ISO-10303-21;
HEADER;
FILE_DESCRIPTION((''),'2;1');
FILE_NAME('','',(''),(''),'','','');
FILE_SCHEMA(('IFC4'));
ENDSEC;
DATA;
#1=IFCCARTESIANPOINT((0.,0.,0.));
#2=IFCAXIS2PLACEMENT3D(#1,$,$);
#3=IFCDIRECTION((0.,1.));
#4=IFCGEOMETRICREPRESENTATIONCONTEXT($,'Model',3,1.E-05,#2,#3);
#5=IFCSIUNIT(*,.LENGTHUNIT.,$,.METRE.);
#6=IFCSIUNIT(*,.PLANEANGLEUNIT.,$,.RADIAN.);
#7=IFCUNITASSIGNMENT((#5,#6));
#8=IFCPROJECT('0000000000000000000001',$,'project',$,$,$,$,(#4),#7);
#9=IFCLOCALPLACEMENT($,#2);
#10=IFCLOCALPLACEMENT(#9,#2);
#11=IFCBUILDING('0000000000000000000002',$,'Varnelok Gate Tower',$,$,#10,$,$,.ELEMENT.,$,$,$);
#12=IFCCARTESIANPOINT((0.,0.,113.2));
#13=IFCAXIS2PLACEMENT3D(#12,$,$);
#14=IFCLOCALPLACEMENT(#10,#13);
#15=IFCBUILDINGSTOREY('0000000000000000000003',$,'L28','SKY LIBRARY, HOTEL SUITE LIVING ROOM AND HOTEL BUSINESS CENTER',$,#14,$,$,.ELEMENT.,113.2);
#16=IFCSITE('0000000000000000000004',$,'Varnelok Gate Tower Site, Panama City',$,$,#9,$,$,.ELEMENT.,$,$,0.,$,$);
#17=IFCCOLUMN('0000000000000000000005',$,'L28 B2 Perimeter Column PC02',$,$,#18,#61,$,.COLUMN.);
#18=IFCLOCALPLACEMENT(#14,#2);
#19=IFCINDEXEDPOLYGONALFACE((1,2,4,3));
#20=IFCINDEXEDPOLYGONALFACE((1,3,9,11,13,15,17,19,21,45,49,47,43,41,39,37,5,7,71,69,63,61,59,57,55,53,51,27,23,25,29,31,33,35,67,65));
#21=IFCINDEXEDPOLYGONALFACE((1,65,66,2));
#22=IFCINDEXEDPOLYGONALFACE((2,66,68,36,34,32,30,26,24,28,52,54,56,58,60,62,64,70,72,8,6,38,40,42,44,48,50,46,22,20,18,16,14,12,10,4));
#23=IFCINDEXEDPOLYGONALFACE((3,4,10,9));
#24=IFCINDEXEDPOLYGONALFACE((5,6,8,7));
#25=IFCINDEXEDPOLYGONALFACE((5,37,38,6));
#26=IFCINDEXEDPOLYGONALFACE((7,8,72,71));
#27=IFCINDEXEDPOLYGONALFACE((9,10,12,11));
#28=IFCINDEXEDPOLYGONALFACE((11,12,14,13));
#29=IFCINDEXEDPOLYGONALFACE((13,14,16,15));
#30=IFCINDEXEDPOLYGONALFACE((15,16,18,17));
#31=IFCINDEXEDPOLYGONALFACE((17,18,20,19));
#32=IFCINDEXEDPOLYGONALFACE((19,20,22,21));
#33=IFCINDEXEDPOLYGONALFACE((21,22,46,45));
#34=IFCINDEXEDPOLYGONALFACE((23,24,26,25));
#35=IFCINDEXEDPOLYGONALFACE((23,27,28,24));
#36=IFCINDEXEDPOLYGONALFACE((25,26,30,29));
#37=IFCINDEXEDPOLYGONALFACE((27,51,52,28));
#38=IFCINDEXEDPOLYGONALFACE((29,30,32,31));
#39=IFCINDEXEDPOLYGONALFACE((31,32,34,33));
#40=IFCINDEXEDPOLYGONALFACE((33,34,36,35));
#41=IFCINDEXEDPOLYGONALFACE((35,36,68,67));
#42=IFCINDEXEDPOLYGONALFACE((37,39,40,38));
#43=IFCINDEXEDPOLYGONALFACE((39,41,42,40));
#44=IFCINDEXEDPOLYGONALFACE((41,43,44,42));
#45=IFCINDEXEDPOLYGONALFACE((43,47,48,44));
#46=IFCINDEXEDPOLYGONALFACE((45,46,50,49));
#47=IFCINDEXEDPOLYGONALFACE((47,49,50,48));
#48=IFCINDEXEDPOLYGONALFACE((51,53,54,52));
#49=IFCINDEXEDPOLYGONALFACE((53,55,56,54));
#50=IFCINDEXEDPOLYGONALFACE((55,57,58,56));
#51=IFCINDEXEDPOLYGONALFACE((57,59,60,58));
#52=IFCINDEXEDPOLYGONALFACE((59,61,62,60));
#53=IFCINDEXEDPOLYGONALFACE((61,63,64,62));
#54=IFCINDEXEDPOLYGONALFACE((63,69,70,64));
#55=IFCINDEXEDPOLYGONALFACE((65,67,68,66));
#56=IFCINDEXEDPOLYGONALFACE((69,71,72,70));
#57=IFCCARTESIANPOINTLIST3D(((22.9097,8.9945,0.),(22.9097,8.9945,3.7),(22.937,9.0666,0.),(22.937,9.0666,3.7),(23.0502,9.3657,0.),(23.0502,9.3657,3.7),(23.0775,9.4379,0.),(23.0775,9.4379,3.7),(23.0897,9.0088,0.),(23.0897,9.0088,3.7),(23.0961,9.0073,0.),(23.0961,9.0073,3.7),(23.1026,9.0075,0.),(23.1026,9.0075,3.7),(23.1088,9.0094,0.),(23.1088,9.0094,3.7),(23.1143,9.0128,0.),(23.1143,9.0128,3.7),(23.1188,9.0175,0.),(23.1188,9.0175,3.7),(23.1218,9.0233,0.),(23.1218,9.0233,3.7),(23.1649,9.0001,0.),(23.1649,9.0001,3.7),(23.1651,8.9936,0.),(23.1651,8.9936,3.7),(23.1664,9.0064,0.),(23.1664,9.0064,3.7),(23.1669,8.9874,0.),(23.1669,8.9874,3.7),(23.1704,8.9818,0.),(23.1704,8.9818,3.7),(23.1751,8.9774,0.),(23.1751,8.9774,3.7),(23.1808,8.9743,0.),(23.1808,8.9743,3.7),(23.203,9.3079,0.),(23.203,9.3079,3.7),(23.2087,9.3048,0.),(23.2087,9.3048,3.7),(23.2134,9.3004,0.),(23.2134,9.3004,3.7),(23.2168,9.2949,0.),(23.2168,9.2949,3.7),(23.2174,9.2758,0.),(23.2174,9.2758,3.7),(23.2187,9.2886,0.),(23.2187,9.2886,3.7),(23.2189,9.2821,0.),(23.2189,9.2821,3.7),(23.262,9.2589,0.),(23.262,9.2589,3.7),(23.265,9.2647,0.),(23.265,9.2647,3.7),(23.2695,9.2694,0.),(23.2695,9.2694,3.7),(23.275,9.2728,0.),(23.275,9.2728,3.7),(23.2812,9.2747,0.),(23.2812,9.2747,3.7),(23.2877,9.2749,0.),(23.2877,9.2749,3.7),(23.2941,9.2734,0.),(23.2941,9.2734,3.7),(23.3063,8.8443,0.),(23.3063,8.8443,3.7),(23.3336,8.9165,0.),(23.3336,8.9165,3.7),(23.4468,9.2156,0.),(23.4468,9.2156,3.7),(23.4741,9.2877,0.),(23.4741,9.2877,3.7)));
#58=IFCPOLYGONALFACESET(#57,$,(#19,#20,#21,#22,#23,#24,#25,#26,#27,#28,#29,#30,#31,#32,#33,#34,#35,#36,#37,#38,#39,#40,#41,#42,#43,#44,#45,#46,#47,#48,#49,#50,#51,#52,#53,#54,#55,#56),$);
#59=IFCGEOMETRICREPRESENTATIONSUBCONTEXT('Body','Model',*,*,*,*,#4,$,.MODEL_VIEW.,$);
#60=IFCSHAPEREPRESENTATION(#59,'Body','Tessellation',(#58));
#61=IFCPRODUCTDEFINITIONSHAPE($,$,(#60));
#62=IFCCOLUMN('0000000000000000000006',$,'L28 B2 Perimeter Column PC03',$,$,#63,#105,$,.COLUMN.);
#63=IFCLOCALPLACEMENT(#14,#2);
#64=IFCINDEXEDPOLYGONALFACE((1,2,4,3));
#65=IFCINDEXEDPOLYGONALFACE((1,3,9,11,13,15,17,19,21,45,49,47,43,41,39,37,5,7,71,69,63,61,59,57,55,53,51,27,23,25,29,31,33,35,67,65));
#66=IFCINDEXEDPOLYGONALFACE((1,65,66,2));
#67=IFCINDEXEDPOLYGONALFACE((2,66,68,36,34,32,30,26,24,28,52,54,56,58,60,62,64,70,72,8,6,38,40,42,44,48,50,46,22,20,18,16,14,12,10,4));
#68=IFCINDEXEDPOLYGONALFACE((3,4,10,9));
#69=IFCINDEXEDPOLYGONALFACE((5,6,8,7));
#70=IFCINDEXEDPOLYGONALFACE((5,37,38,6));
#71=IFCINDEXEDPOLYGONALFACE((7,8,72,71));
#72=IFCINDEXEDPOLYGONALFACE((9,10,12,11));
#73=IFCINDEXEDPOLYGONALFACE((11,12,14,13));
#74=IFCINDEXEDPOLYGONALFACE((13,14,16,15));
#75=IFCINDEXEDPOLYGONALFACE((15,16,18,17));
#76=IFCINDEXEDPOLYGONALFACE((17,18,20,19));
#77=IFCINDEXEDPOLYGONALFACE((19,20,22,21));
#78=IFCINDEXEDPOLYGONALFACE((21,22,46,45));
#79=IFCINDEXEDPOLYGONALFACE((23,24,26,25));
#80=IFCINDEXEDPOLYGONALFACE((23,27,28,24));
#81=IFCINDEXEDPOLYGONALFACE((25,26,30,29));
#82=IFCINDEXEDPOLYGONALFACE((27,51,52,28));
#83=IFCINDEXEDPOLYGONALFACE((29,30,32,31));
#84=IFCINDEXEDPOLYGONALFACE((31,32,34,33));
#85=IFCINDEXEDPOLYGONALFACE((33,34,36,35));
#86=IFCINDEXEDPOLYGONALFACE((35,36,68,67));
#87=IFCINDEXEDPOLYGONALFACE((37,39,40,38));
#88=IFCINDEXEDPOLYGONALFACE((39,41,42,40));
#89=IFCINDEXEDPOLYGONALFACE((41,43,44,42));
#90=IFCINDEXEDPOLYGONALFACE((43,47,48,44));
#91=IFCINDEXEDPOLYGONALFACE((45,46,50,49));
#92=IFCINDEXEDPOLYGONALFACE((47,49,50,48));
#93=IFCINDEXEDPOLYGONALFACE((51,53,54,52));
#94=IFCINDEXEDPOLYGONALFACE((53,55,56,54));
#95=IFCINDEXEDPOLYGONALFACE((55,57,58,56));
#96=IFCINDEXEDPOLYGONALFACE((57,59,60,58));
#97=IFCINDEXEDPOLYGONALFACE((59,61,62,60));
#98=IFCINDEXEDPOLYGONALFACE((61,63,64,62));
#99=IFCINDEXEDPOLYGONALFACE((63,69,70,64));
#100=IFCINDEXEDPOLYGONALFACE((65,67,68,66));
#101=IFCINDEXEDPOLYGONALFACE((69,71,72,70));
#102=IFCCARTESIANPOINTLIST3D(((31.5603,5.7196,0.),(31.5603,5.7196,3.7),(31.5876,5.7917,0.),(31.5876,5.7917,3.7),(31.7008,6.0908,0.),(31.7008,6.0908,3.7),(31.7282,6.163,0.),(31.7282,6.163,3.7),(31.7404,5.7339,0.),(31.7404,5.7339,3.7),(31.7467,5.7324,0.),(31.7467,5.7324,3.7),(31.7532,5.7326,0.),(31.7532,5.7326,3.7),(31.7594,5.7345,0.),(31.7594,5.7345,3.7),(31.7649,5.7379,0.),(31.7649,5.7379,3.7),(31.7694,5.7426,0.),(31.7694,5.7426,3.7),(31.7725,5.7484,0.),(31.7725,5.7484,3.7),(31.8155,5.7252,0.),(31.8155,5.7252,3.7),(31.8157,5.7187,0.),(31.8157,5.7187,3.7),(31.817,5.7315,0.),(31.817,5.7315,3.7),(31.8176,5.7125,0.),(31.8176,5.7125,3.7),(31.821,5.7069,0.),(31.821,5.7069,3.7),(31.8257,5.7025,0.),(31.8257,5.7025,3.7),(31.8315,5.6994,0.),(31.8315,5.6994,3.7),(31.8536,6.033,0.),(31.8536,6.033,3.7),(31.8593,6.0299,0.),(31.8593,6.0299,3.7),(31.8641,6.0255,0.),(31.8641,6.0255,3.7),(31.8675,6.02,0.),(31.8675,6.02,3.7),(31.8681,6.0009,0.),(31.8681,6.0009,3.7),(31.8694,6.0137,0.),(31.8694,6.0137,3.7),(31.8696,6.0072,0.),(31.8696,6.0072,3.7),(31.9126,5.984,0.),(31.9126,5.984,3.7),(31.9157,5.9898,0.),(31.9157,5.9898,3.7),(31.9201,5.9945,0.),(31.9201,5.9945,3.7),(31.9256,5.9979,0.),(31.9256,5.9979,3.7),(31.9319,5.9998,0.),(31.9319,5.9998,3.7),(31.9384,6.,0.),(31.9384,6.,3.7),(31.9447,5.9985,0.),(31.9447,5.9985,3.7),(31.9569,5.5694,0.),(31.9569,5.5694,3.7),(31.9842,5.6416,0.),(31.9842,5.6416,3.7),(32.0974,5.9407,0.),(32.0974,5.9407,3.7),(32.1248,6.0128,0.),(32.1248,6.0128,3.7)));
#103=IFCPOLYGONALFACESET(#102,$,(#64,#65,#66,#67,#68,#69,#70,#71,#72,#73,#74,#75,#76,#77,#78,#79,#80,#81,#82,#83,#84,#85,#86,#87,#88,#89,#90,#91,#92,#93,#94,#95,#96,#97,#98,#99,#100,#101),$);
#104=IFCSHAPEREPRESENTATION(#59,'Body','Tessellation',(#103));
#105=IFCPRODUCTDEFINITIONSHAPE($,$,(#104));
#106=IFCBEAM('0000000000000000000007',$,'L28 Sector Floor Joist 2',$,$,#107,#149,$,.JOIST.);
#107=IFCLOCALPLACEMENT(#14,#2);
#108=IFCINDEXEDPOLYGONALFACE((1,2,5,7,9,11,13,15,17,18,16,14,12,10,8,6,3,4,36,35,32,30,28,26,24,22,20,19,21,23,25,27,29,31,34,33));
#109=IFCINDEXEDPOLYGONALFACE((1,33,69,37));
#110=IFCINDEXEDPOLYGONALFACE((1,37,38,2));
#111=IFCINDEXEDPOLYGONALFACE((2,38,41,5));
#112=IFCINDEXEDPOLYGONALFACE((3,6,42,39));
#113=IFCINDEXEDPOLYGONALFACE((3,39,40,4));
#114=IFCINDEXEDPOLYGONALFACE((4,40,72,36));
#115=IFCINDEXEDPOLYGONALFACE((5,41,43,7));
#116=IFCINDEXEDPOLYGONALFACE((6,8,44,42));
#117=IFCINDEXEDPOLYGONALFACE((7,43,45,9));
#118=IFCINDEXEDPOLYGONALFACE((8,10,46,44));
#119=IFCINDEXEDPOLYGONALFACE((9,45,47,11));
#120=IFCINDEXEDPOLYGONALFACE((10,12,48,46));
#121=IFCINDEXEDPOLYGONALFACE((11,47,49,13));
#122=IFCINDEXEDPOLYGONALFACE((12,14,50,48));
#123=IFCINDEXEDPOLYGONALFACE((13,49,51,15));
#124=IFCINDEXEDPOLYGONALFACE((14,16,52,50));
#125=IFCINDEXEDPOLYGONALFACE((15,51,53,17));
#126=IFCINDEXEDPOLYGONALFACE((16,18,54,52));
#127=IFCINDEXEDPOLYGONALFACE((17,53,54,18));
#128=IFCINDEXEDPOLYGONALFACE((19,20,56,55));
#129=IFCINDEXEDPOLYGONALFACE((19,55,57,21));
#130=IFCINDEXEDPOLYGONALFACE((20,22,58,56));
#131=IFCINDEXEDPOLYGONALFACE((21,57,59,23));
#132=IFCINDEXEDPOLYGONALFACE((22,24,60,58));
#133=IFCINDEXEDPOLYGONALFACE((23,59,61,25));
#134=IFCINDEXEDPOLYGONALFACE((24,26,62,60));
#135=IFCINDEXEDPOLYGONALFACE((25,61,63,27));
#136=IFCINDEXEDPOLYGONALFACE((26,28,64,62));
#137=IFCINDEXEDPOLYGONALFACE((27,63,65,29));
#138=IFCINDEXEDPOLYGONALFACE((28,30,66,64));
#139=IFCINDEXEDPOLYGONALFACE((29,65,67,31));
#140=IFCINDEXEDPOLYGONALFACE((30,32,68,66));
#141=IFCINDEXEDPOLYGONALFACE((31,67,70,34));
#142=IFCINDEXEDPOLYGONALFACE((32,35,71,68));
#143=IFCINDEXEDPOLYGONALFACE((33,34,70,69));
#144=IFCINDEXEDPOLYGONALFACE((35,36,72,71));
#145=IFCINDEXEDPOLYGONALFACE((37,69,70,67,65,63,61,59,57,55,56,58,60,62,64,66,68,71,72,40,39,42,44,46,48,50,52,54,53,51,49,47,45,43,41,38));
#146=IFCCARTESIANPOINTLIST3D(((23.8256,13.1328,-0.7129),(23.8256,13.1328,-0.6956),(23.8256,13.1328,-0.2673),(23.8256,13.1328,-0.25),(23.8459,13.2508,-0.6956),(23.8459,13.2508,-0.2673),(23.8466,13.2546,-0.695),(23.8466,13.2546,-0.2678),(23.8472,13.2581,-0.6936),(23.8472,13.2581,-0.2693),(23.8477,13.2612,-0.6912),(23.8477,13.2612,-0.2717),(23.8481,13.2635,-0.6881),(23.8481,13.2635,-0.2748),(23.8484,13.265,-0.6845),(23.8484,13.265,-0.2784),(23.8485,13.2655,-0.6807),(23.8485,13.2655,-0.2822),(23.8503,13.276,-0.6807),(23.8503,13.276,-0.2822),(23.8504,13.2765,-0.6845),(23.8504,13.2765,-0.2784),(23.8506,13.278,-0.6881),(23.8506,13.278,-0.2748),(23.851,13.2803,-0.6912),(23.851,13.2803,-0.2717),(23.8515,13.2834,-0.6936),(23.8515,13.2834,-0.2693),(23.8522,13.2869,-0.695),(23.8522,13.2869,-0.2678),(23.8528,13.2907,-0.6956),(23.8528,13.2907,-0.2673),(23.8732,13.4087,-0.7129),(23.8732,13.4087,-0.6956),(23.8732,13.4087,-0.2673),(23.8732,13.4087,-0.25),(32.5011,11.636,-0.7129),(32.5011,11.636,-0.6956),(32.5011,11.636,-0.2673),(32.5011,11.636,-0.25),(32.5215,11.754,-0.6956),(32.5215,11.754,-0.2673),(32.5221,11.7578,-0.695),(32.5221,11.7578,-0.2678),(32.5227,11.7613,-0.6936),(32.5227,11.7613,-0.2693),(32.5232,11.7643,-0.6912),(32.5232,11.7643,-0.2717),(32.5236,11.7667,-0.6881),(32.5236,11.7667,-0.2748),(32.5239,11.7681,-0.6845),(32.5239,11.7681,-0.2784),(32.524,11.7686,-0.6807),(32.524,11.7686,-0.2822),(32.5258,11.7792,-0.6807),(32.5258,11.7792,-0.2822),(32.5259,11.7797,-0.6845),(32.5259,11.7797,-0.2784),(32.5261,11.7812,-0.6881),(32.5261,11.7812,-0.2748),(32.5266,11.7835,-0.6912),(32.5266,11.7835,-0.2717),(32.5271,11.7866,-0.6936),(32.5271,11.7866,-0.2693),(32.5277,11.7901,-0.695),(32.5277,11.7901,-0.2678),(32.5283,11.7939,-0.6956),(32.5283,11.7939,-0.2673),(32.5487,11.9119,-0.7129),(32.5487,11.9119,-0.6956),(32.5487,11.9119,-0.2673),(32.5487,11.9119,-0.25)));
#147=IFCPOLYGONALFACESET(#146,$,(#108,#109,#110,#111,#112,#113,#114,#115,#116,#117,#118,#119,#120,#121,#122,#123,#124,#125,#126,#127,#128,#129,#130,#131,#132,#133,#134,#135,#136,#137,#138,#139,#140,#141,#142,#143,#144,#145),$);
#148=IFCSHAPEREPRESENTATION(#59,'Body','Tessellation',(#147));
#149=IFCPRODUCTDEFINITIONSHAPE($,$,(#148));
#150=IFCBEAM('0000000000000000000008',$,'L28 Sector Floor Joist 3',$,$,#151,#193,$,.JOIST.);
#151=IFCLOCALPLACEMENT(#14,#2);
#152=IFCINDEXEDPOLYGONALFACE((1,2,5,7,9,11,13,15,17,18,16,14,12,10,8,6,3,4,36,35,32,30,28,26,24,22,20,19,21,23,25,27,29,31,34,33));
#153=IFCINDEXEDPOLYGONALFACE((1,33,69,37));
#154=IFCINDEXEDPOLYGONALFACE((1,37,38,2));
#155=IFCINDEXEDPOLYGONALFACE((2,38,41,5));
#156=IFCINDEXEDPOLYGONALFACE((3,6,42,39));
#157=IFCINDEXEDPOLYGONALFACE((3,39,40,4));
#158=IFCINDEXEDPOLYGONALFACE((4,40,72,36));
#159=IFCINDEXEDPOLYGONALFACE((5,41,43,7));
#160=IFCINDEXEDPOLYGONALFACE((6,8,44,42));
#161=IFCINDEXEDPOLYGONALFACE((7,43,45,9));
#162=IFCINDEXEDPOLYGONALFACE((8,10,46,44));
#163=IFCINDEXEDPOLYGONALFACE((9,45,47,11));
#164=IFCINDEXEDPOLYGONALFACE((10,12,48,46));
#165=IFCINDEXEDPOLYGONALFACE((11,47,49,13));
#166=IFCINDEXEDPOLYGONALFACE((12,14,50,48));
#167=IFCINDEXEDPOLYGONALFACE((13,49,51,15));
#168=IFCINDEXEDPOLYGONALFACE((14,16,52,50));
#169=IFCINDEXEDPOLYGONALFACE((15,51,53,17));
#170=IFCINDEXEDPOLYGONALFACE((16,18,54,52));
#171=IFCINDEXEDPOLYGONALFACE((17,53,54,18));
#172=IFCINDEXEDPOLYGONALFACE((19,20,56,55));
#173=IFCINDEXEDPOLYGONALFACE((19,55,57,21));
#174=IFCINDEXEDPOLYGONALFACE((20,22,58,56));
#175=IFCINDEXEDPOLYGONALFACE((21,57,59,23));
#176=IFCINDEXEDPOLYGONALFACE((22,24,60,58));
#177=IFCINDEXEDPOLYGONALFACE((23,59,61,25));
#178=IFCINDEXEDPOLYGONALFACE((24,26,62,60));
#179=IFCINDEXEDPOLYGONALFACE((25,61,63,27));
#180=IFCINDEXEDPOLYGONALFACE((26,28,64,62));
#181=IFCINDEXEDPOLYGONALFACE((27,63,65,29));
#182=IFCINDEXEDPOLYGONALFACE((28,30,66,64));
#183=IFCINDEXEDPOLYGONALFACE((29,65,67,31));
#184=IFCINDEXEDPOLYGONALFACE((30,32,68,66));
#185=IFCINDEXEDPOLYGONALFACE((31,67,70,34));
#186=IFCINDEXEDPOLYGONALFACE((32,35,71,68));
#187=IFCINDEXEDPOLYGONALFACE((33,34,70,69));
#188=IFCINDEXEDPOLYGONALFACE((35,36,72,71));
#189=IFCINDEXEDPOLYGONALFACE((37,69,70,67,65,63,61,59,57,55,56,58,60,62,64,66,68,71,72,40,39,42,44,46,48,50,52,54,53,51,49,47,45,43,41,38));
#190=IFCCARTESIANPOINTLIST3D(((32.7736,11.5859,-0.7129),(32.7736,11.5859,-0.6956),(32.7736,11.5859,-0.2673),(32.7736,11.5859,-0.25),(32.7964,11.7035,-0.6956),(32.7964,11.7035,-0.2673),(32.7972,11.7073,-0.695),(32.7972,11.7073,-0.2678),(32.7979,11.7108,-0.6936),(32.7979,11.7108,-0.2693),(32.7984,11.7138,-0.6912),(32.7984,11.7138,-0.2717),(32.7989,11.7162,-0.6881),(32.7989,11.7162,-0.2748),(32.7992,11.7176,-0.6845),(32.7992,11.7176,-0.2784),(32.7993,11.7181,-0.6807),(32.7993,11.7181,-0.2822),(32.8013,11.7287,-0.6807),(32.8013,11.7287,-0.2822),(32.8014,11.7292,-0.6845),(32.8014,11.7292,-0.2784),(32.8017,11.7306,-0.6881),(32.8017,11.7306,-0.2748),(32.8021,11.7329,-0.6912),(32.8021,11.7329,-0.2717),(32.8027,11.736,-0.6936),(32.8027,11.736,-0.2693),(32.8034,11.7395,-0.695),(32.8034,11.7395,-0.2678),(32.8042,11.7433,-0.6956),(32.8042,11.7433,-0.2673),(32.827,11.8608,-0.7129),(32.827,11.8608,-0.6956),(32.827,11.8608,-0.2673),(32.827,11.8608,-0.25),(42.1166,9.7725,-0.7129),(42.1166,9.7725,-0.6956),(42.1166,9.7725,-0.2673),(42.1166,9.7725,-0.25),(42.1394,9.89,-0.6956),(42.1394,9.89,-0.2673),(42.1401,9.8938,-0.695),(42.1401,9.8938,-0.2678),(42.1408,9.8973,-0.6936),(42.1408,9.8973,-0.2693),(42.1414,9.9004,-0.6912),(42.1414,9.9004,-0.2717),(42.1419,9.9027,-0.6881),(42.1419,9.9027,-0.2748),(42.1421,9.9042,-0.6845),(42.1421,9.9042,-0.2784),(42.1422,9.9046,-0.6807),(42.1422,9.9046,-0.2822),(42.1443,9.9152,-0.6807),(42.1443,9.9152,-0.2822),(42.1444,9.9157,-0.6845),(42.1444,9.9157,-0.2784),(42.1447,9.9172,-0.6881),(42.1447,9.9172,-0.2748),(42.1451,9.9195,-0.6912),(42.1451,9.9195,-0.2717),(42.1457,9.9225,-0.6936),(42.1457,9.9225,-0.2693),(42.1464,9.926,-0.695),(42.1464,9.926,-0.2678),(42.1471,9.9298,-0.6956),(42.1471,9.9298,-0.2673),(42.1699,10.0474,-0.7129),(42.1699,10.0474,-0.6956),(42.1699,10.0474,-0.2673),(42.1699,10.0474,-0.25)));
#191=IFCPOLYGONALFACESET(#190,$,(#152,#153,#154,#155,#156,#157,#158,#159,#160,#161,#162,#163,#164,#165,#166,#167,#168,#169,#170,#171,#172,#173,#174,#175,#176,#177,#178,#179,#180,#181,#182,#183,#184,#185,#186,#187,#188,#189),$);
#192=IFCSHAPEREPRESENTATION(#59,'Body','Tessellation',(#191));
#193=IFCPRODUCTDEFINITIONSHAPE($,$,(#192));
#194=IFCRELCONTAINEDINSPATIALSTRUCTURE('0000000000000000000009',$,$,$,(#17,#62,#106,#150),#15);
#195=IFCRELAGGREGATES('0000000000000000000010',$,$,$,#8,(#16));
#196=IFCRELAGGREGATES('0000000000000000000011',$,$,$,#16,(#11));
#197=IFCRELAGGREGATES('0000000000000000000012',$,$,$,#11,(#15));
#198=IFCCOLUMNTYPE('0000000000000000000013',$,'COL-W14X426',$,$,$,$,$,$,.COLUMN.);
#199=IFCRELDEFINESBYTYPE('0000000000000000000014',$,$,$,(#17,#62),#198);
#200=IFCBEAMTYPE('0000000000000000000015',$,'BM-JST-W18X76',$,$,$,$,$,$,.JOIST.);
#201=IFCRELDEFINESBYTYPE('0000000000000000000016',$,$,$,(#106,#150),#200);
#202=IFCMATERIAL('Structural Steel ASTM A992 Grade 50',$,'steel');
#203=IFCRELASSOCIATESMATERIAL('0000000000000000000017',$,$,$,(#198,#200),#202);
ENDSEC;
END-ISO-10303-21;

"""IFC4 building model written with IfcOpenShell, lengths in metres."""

from ifc_helpers import new_model, si_unit, direction, frame, origin, origin_2d, place, context, subcontext, project, spatial, i_section, extrude, material, material_profile, profile_set, type_object, element, save


model = new_model("IFC4")

# Units and contexts
model_context = context("Model", 3, precision=1e-05, world=origin(), true_north=direction((0.0, 1.0)))
body_context = subcontext(model_context, "Body", "Model", "MODEL_VIEW")
ifc_project = project(units=[si_unit("LENGTHUNIT", "METRE"), si_unit("PLANEANGLEUNIT", "RADIAN")], contexts=[model_context])

# Site, building, storey
site_placement = place(None, origin())
site = spatial("IfcSite", under=ifc_project, at=site_placement, Name="Varnelok Gate Tower Site, Panama City", CompositionType="ELEMENT", RefElevation=0.0)
building_placement = place(site_placement, origin())
building = spatial("IfcBuilding", under=site, at=building_placement, Name="Varnelok Gate Tower", CompositionType="ELEMENT")
storey_placement = place(building_placement, frame((0.0, 0.0, 113.2)))
storey = spatial("IfcBuildingStorey", under=building, at=storey_placement, Name="L28", Description="SKY LIBRARY, HOTEL SUITE LIVING ROOM AND HOTEL BUSINESS CENTER", CompositionType="ELEMENT", Elevation=113.2)

# Columns
ifc_material_1 = material(Name="Structural Steel ASTM A992 Grade 50", Category="steel")
ifc_material_profile_1 = material_profile(ifc_material_1, i_section(OverallWidth=0.4241, OverallDepth=0.4741, WebThickness=0.0476, FlangeThickness=0.0771, FilletRadius=0.0249, at=origin_2d()), Name="W14X426")
ifc_profile_set_1 = profile_set([ifc_material_profile_1], Name="Structural Steel ASTM A992 Grade 50")
column_type = type_object("IfcColumnType", Name="COL-W14X426", PredefinedType="COLUMN", material=ifc_profile_set_1)
for number, where, z_axis, x_axis, name in (
    (1, (23.1919, 9.1411, 0.0), (0.0, 0.0, 1.0), (0.935222, -0.354063, 0.0), "L28 B2 Perimeter Column PC02"),
    (2, (31.8425, 5.8662, 0.0), (0.0, 0.0, 1.0), (0.935222, -0.354063, 0.0), "L28 B2 Perimeter Column PC03"),
):
    element("IfcColumn", number, at=place(storey_placement, frame(where, z_axis=z_axis, x_axis=x_axis)), inside=storey, type_object=column_type, Name=name, PredefinedType="COLUMN", context=body_context, shape_type="SweptSolid", body=[
        extrude(i_section(OverallWidth=0.4241, OverallDepth=0.4741, WebThickness=0.0476, FlangeThickness=0.0771, FilletRadius=0.0249, at=origin_2d()), origin(), (0.0, 0.0, 1.0), 3.7),
    ])

# Beams
ifc_material_profile_2 = material_profile(ifc_material_1, i_section(OverallWidth=0.28, OverallDepth=0.4629, WebThickness=0.0107, FlangeThickness=0.0173, FilletRadius=0.0149, at=origin_2d()), Name="W18X76")
ifc_profile_set_2 = profile_set([ifc_material_profile_2], Name="Structural Steel ASTM A992 Grade 50")
beam_type_1 = type_object("IfcBeamType", Name="BM-JST-W18X76", PredefinedType="JOIST", material=ifc_profile_set_2)
beam_1_placement = place(storey_placement, frame((23.8494, 13.2708, -0.4814), z_axis=(0.98544, -0.170022, 0.0), x_axis=(0.170022, 0.98544, 0.0)))
element("IfcBeam", 3, at=beam_1_placement, inside=storey, type_object=beam_type_1, Name="L28 Sector Floor Joist 2", PredefinedType="JOIST", context=body_context, shape_type="SweptSolid", body=[
    extrude(i_section(OverallWidth=0.28, OverallDepth=0.4629, WebThickness=0.0107, FlangeThickness=0.0173, FilletRadius=0.0149, at=origin_2d()), origin(), (0.0, 0.0, 1.0), 8.8037),
])
beam_2_placement = place(storey_placement, frame((32.8003, 11.7234, -0.4814), z_axis=(0.981679, -0.190544, 0.0), x_axis=(0.190544, 0.981679, 0.0)))
element("IfcBeam", 4, at=beam_2_placement, inside=storey, type_object=beam_type_1, Name="L28 Sector Floor Joist 3", PredefinedType="JOIST", context=body_context, shape_type="SweptSolid", body=[
    extrude(i_section(OverallWidth=0.28, OverallDepth=0.4629, WebThickness=0.0107, FlangeThickness=0.0173, FilletRadius=0.0149, at=origin_2d()), origin(), (0.0, 0.0, 1.0), 9.5173),
])

save(model, "model.ifc")
